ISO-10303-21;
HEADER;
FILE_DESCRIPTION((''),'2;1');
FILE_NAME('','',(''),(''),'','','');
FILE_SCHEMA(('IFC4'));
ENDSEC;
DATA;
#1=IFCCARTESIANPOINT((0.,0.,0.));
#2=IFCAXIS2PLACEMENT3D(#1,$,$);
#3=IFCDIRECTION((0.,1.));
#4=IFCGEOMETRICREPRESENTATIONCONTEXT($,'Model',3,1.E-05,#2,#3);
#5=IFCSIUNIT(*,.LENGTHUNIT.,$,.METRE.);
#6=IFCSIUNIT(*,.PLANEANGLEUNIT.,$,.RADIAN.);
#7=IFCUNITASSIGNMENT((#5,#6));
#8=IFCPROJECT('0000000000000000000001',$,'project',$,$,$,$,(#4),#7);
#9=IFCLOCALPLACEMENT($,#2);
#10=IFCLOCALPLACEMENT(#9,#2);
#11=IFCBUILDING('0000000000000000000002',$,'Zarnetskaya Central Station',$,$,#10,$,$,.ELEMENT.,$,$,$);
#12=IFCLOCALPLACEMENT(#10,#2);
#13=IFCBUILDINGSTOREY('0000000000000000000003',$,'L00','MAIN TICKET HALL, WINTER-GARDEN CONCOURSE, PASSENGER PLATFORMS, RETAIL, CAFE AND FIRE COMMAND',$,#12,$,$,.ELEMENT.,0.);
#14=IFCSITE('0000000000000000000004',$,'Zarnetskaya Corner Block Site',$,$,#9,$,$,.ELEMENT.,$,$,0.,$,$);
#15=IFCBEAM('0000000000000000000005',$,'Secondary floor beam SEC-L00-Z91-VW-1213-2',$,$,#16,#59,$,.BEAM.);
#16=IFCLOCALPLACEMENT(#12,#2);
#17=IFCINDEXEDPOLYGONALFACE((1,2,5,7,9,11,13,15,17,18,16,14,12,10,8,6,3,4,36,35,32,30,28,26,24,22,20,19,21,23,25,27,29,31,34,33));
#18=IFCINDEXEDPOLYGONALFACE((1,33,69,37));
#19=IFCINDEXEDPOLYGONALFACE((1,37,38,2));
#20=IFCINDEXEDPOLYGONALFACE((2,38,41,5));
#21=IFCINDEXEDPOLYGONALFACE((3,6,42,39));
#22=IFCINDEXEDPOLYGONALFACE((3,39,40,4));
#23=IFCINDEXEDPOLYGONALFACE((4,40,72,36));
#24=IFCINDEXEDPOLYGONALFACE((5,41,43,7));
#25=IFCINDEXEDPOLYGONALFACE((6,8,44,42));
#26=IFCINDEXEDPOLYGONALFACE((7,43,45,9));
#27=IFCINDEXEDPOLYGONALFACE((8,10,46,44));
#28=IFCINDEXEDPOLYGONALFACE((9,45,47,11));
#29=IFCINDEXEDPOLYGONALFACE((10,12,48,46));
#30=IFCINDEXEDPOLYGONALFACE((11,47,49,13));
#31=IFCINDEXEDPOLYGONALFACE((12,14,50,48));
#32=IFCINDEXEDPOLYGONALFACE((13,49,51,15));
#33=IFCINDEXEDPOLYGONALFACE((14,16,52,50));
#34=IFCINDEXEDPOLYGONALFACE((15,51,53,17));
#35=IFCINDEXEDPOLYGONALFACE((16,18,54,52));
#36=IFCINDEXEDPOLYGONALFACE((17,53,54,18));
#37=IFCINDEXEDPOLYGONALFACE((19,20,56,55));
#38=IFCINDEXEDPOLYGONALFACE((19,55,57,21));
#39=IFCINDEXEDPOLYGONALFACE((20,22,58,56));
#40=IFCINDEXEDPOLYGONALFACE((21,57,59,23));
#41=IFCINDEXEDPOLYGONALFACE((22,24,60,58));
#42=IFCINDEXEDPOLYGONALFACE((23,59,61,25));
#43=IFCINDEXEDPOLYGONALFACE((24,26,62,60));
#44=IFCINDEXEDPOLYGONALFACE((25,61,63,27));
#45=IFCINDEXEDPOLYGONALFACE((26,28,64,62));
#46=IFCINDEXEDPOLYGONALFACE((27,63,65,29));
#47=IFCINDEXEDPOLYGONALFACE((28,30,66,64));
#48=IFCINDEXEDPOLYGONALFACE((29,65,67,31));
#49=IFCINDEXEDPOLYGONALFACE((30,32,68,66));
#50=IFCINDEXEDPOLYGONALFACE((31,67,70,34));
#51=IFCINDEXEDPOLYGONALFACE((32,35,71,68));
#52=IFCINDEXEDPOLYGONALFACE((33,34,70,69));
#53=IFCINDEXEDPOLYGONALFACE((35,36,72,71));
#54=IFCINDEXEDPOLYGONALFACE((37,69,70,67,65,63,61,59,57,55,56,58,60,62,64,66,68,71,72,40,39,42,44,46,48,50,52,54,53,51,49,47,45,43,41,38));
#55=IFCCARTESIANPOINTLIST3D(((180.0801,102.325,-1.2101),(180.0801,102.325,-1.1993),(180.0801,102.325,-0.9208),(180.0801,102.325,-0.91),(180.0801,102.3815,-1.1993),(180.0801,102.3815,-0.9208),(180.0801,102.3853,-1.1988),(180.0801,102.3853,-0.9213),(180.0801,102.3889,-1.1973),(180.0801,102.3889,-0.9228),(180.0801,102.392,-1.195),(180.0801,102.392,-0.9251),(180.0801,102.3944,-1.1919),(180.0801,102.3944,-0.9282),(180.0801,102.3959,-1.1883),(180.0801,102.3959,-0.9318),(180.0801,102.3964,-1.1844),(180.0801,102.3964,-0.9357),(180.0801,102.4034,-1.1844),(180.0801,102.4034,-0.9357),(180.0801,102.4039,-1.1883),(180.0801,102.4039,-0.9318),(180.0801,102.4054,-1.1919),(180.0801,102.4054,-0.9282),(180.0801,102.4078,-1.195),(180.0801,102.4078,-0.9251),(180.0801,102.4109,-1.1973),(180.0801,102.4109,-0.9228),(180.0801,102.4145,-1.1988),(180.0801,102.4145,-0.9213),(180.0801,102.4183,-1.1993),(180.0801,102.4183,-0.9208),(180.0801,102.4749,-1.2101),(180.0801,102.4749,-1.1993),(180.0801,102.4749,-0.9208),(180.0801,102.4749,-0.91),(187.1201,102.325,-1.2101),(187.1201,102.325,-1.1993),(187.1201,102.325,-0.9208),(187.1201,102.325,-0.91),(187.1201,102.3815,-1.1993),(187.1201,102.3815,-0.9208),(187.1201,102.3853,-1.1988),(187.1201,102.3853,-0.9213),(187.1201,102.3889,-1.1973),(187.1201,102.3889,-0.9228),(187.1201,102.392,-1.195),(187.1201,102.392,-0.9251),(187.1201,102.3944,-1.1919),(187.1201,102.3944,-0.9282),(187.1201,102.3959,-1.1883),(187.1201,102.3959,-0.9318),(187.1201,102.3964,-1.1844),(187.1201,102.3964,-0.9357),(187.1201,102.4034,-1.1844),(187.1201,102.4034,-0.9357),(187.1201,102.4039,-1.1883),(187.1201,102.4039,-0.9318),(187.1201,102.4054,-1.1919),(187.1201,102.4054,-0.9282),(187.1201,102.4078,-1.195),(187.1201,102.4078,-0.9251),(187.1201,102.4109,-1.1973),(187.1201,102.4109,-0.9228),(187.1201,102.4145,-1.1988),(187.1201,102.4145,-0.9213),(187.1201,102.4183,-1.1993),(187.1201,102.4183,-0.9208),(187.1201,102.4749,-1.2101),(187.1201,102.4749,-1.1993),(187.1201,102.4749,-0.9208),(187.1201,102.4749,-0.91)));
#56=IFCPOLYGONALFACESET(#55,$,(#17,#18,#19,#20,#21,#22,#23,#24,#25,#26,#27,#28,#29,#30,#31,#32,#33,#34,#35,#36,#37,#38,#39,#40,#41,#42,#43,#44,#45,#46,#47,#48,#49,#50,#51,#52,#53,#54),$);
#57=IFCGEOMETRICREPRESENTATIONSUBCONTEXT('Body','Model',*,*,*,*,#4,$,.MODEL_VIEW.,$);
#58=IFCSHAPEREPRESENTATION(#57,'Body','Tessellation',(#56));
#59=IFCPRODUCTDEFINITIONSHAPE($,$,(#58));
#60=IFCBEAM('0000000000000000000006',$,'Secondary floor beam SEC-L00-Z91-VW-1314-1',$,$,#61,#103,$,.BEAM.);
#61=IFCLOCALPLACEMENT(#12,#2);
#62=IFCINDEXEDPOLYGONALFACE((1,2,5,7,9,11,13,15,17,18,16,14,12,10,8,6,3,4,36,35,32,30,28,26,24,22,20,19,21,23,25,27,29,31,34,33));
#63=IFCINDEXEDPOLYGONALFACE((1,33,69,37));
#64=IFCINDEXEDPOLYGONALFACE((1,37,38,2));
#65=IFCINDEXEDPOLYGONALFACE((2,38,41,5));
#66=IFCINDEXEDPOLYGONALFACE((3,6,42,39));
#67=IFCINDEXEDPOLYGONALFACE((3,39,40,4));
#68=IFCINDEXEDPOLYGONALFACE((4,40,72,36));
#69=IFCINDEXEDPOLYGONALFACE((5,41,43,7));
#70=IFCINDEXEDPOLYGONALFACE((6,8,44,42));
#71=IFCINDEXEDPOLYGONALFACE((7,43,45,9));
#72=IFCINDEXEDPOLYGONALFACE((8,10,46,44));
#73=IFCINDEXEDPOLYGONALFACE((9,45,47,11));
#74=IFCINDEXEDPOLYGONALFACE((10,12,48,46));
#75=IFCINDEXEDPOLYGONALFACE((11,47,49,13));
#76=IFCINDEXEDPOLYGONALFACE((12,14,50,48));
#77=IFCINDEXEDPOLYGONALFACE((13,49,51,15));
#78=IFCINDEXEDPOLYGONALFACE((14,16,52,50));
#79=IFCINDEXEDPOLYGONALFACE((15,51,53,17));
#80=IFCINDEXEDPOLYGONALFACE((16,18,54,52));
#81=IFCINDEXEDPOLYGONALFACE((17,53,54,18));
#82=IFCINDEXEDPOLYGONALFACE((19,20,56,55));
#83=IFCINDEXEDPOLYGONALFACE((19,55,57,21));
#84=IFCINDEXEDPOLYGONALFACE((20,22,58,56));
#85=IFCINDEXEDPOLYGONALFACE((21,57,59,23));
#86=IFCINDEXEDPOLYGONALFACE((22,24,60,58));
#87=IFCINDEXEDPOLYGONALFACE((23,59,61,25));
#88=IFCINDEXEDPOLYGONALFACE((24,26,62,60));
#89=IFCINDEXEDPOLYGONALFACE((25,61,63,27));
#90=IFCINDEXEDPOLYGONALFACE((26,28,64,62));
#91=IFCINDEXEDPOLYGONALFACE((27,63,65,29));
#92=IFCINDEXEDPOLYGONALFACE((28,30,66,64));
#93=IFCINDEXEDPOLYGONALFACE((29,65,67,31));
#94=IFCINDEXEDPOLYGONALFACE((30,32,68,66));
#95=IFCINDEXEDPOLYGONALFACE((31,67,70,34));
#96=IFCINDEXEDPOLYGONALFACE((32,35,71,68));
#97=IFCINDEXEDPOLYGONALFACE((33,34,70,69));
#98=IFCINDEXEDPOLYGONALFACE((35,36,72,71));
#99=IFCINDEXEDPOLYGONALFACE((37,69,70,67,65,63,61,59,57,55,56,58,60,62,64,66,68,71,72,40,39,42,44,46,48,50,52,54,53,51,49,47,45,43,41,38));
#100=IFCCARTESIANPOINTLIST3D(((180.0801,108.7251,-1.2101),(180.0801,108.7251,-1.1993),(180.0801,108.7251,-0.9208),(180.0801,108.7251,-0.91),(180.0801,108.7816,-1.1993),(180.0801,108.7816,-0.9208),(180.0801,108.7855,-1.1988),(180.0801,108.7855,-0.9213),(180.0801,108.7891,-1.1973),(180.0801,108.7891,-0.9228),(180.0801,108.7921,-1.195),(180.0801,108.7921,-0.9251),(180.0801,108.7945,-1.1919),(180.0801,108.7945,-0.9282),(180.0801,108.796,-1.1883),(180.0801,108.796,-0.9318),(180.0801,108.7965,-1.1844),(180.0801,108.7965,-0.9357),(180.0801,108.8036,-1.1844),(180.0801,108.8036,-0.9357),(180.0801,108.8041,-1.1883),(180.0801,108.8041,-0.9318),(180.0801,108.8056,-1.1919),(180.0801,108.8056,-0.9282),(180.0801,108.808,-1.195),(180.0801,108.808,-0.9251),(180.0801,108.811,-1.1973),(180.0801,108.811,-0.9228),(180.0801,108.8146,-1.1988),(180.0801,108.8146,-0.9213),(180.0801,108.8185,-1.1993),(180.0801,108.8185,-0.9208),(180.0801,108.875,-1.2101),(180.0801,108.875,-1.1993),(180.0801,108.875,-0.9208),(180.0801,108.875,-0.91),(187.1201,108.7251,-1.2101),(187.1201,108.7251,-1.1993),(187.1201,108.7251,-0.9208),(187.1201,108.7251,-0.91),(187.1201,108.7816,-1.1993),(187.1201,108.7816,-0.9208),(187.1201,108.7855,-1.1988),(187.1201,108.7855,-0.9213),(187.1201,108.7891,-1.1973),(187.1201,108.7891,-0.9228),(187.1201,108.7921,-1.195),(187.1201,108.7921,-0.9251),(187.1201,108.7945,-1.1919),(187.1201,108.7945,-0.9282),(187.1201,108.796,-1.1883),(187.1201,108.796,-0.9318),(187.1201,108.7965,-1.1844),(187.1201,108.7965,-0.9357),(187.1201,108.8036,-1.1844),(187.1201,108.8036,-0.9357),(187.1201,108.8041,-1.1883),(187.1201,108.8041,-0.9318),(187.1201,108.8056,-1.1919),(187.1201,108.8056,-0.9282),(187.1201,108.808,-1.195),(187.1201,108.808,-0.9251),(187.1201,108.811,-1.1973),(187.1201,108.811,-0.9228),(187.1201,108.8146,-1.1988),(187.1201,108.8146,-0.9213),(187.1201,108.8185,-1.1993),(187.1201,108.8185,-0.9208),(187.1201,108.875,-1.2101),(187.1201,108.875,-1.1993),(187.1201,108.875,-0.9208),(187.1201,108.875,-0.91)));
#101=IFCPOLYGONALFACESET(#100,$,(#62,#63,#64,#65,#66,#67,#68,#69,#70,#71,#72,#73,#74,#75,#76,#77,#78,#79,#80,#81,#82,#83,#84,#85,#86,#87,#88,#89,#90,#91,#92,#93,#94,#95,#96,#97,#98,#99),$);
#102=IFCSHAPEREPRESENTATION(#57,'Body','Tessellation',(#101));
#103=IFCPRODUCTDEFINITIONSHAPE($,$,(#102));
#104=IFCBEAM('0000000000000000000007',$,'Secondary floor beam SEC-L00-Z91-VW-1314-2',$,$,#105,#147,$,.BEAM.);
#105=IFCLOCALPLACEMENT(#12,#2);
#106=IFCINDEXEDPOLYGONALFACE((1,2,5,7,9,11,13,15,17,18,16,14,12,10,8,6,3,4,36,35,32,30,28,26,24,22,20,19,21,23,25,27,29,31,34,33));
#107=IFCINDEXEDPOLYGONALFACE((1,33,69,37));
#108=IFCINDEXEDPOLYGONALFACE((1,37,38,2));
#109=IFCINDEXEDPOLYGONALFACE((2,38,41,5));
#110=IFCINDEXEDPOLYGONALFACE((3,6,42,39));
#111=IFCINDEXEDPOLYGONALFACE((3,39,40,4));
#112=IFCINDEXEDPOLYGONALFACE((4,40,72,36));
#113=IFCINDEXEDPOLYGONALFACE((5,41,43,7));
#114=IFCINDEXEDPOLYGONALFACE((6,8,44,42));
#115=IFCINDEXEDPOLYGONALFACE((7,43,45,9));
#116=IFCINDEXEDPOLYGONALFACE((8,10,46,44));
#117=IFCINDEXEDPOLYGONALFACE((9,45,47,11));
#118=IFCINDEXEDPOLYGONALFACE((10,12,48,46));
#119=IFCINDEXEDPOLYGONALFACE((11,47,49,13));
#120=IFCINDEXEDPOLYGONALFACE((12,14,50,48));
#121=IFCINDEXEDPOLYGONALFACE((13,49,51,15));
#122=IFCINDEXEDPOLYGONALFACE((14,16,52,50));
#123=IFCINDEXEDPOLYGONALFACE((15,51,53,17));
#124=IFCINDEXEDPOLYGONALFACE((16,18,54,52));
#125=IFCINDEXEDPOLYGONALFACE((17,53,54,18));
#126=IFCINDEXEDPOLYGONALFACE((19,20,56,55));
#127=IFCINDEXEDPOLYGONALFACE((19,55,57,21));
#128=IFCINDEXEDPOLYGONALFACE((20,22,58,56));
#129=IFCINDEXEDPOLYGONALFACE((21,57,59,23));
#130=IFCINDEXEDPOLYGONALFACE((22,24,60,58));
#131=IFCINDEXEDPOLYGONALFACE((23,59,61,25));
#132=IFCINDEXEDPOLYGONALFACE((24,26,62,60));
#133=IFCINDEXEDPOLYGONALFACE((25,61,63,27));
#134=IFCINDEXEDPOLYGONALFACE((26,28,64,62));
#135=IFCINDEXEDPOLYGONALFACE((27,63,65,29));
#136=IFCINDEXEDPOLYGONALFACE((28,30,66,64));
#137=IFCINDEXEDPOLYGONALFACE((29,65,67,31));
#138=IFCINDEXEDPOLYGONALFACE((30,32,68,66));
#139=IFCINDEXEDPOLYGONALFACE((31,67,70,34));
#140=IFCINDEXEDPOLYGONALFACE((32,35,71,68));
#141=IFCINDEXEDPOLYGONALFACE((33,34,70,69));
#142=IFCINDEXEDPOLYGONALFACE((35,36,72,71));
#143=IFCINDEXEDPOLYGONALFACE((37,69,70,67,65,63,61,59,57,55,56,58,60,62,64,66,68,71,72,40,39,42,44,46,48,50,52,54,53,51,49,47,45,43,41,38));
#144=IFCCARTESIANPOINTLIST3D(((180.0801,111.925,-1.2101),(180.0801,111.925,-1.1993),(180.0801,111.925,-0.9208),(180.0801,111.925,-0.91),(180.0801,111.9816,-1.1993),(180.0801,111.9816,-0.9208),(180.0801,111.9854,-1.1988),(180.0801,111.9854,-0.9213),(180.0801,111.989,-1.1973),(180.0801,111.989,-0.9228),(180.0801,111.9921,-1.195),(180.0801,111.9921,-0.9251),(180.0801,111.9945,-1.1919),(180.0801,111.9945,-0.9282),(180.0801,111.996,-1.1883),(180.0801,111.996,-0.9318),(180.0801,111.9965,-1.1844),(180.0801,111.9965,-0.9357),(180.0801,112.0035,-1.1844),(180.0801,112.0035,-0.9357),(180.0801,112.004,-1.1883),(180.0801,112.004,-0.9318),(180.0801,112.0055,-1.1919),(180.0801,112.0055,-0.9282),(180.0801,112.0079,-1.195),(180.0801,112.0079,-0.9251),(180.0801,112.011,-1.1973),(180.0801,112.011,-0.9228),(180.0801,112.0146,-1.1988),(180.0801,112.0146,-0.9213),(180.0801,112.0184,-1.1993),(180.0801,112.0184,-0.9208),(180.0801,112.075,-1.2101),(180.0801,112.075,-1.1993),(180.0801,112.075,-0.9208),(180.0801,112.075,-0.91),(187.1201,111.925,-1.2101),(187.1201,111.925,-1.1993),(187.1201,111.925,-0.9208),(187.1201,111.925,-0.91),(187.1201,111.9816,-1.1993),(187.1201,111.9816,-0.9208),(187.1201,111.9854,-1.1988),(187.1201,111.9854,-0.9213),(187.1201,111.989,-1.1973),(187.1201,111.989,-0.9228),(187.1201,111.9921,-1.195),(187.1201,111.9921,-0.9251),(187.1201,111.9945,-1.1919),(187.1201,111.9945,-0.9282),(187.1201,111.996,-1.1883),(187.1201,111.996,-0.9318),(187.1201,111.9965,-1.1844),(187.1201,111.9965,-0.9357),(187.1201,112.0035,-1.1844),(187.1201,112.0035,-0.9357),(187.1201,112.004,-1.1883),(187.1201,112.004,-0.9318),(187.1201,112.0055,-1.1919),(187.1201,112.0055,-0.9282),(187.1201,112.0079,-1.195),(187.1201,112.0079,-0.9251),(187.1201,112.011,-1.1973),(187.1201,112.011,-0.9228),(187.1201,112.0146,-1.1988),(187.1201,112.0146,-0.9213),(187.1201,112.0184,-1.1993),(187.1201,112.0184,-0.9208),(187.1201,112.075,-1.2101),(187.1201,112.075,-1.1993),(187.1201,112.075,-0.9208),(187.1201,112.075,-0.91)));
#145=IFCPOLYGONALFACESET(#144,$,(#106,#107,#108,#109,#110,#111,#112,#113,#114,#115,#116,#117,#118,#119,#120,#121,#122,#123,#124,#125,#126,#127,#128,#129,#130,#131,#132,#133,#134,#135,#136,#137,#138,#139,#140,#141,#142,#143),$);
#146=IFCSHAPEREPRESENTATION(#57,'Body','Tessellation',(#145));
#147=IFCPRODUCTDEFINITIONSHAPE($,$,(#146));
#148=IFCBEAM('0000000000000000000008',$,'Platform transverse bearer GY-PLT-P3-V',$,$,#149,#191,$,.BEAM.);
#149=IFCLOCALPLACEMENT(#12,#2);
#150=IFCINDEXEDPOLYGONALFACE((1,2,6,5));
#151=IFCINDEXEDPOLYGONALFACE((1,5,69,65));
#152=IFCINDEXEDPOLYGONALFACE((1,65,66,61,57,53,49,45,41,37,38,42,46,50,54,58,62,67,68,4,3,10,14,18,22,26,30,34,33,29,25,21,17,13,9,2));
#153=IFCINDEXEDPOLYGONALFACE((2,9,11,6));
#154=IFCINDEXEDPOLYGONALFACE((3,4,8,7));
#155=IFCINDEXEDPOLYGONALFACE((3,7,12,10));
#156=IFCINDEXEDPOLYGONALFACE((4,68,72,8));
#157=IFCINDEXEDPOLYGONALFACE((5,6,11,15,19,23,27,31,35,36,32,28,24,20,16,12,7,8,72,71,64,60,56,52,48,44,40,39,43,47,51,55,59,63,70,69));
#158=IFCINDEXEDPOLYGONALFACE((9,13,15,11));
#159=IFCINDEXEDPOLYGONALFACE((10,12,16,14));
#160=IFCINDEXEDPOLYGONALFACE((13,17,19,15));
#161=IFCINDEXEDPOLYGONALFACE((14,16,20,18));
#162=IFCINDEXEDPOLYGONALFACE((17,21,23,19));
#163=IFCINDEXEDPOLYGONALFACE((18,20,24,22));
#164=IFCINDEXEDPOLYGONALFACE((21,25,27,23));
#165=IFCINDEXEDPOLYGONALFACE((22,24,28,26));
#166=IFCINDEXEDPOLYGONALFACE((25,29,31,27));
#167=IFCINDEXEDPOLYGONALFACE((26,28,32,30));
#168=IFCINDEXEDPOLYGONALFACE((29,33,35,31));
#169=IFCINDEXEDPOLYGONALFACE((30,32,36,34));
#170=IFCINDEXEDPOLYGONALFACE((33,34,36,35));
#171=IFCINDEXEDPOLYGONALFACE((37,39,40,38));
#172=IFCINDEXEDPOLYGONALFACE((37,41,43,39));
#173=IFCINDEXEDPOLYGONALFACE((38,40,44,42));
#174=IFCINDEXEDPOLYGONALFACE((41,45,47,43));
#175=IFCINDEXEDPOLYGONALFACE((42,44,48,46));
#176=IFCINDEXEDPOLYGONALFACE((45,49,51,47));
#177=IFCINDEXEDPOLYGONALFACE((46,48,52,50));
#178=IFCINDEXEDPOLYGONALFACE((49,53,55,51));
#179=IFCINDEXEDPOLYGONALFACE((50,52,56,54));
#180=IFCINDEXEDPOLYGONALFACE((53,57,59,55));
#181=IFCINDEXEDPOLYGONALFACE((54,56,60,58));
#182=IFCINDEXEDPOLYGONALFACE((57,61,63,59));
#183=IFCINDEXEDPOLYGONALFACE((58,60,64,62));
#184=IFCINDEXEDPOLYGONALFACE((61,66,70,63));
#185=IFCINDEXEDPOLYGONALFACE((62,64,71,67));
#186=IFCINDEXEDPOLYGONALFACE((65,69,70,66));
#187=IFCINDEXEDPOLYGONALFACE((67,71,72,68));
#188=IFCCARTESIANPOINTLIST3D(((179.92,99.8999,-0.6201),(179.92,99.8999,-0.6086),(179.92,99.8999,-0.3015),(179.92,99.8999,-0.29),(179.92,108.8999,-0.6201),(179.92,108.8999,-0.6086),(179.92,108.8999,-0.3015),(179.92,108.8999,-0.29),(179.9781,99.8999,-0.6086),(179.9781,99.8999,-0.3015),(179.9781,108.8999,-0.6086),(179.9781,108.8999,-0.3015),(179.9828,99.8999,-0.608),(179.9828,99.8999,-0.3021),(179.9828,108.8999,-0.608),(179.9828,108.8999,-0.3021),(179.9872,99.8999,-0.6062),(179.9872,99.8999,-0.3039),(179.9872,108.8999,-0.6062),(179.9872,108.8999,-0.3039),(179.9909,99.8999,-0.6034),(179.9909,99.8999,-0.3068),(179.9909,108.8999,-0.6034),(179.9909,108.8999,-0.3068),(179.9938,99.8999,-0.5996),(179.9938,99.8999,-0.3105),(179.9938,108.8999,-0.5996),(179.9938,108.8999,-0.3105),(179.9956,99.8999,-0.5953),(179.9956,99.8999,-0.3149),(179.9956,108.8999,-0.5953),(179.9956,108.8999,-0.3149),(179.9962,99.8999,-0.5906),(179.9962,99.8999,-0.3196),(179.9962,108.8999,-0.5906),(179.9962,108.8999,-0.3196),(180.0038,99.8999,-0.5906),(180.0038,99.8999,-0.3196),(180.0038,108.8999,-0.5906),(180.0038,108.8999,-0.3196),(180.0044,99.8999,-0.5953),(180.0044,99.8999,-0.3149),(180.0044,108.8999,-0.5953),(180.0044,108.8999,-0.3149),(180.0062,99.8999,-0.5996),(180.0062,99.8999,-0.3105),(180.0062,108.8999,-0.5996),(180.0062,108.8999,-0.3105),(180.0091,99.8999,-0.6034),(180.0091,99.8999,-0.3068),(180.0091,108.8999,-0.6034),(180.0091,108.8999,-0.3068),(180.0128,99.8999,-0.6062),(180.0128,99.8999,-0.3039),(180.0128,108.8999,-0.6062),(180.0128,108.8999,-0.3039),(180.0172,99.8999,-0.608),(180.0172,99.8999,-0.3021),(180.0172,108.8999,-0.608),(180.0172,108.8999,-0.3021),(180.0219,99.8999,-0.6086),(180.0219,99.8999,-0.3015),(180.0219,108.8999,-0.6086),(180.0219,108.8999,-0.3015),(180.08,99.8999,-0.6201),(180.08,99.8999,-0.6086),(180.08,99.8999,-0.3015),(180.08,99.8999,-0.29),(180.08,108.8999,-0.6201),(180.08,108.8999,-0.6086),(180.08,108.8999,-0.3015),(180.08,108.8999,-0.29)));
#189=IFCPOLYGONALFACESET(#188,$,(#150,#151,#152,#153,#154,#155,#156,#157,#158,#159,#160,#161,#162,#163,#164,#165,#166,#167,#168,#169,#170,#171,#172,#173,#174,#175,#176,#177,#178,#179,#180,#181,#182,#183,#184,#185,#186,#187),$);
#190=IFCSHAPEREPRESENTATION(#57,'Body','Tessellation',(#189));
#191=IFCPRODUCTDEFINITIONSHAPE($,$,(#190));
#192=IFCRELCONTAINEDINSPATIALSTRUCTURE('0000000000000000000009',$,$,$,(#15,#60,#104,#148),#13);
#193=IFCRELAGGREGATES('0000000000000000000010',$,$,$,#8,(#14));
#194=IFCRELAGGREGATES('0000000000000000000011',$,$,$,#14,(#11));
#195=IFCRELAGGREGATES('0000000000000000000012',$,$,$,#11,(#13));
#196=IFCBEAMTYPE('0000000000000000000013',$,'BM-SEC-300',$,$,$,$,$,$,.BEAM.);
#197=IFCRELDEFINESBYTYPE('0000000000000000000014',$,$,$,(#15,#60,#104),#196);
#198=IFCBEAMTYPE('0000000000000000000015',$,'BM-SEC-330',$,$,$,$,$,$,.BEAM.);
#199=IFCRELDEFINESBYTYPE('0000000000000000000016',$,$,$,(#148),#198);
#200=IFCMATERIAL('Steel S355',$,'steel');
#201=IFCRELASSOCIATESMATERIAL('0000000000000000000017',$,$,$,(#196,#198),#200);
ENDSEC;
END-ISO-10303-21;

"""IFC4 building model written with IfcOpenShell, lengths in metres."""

from ifc_helpers import new_model, si_unit, direction, frame, origin, origin_2d, place, context, subcontext, project, spatial, i_section, extrude, material, material_profile, profile_set, type_object, element, save


model = new_model("IFC4")

# Units and contexts
model_context = context("Model", 3, precision=1e-05, world=origin(), true_north=direction((0.0, 1.0)))
body_context = subcontext(model_context, "Body", "Model", "MODEL_VIEW")
ifc_project = project(units=[si_unit("LENGTHUNIT", "METRE"), si_unit("PLANEANGLEUNIT", "RADIAN")], contexts=[model_context])

# Site, building, storey
site_placement = place(None, origin())
site = spatial("IfcSite", under=ifc_project, at=site_placement, Name="Zarnetskaya Corner Block Site", CompositionType="ELEMENT", RefElevation=0.0)
building_placement = place(site_placement, origin())
building = spatial("IfcBuilding", under=site, at=building_placement, Name="Zarnetskaya Central Station", CompositionType="ELEMENT")
storey_placement = place(building_placement, origin())
storey = spatial("IfcBuildingStorey", under=building, at=storey_placement, Name="L00", Description="MAIN TICKET HALL, WINTER-GARDEN CONCOURSE, PASSENGER PLATFORMS, RETAIL, CAFE AND FIRE COMMAND", CompositionType="ELEMENT", Elevation=0.0)

# Shared definitions
ifc_material = material(Name="Steel S355", Category="steel")

# Beams
ifc_material_profile_1 = material_profile(ifc_material, i_section(OverallWidth=0.1499, OverallDepth=0.3, WebThickness=0.0071, FlangeThickness=0.0107, FilletRadius=0.0149, at=origin_2d()), Name="IPE 300")
ifc_profile_set_1 = profile_set([ifc_material_profile_1], Name="Steel S355")
beam_type_1 = type_object("IfcBeamType", Name="BM-SEC-300", PredefinedType="BEAM", material=ifc_profile_set_1)
for number, where, z_axis, x_axis, name in (
    (1, (180.0801, 102.3999, -1.0601), (1.0, 0.0, 0.0), (0.0, 1.0, 0.0), "Secondary floor beam SEC-L00-Z91-VW-1213-2"),
    (2, (180.0801, 108.8, -1.0601), (1.0, 0.0, 0.0), (0.0, 1.0, 0.0), "Secondary floor beam SEC-L00-Z91-VW-1314-1"),
    (3, (180.0801, 112.0, -1.0601), (1.0, 0.0, 0.0), (0.0, 1.0, 0.0), "Secondary floor beam SEC-L00-Z91-VW-1314-2"),
):
    element("IfcBeam", number, at=place(storey_placement, frame(where, z_axis=z_axis, x_axis=x_axis)), inside=storey, type_object=beam_type_1, Name=name, PredefinedType="BEAM", context=body_context, shape_type="SweptSolid", body=[
        extrude(i_section(OverallWidth=0.1499, OverallDepth=0.3, WebThickness=0.0071, FlangeThickness=0.0107, FilletRadius=0.0149, at=origin_2d()), origin(), (0.0, 0.0, 1.0), 7.04),
    ])
ifc_material_profile_2 = material_profile(ifc_material, i_section(OverallWidth=0.1599, OverallDepth=0.3301, WebThickness=0.0076, FlangeThickness=0.0115, FilletRadius=0.0181, at=origin_2d()), Name="IPE 330")
ifc_profile_set_2 = profile_set([ifc_material_profile_2], Name="Steel S355")
beam_type_2 = type_object("IfcBeamType", Name="BM-SEC-330", PredefinedType="BEAM", material=ifc_profile_set_2)
for number, where, z_axis, x_axis, name in (
    (4, (180.0, 99.8999, -0.4551), (0.0, 1.0, 0.0), (-1.0, 0.0, 0.0), "Platform transverse bearer GY-PLT-P3-V"),
):
    element("IfcBeam", number, at=place(storey_placement, frame(where, z_axis=z_axis, x_axis=x_axis)), inside=storey, type_object=beam_type_2, Name=name, PredefinedType="BEAM", context=body_context, shape_type="SweptSolid", body=[
        extrude(i_section(OverallWidth=0.1599, OverallDepth=0.3301, WebThickness=0.0076, FlangeThickness=0.0115, FilletRadius=0.0181, at=origin_2d()), origin(), (0.0, 0.0, 1.0), 9.0),
    ])

save(model, "model.ifc")
